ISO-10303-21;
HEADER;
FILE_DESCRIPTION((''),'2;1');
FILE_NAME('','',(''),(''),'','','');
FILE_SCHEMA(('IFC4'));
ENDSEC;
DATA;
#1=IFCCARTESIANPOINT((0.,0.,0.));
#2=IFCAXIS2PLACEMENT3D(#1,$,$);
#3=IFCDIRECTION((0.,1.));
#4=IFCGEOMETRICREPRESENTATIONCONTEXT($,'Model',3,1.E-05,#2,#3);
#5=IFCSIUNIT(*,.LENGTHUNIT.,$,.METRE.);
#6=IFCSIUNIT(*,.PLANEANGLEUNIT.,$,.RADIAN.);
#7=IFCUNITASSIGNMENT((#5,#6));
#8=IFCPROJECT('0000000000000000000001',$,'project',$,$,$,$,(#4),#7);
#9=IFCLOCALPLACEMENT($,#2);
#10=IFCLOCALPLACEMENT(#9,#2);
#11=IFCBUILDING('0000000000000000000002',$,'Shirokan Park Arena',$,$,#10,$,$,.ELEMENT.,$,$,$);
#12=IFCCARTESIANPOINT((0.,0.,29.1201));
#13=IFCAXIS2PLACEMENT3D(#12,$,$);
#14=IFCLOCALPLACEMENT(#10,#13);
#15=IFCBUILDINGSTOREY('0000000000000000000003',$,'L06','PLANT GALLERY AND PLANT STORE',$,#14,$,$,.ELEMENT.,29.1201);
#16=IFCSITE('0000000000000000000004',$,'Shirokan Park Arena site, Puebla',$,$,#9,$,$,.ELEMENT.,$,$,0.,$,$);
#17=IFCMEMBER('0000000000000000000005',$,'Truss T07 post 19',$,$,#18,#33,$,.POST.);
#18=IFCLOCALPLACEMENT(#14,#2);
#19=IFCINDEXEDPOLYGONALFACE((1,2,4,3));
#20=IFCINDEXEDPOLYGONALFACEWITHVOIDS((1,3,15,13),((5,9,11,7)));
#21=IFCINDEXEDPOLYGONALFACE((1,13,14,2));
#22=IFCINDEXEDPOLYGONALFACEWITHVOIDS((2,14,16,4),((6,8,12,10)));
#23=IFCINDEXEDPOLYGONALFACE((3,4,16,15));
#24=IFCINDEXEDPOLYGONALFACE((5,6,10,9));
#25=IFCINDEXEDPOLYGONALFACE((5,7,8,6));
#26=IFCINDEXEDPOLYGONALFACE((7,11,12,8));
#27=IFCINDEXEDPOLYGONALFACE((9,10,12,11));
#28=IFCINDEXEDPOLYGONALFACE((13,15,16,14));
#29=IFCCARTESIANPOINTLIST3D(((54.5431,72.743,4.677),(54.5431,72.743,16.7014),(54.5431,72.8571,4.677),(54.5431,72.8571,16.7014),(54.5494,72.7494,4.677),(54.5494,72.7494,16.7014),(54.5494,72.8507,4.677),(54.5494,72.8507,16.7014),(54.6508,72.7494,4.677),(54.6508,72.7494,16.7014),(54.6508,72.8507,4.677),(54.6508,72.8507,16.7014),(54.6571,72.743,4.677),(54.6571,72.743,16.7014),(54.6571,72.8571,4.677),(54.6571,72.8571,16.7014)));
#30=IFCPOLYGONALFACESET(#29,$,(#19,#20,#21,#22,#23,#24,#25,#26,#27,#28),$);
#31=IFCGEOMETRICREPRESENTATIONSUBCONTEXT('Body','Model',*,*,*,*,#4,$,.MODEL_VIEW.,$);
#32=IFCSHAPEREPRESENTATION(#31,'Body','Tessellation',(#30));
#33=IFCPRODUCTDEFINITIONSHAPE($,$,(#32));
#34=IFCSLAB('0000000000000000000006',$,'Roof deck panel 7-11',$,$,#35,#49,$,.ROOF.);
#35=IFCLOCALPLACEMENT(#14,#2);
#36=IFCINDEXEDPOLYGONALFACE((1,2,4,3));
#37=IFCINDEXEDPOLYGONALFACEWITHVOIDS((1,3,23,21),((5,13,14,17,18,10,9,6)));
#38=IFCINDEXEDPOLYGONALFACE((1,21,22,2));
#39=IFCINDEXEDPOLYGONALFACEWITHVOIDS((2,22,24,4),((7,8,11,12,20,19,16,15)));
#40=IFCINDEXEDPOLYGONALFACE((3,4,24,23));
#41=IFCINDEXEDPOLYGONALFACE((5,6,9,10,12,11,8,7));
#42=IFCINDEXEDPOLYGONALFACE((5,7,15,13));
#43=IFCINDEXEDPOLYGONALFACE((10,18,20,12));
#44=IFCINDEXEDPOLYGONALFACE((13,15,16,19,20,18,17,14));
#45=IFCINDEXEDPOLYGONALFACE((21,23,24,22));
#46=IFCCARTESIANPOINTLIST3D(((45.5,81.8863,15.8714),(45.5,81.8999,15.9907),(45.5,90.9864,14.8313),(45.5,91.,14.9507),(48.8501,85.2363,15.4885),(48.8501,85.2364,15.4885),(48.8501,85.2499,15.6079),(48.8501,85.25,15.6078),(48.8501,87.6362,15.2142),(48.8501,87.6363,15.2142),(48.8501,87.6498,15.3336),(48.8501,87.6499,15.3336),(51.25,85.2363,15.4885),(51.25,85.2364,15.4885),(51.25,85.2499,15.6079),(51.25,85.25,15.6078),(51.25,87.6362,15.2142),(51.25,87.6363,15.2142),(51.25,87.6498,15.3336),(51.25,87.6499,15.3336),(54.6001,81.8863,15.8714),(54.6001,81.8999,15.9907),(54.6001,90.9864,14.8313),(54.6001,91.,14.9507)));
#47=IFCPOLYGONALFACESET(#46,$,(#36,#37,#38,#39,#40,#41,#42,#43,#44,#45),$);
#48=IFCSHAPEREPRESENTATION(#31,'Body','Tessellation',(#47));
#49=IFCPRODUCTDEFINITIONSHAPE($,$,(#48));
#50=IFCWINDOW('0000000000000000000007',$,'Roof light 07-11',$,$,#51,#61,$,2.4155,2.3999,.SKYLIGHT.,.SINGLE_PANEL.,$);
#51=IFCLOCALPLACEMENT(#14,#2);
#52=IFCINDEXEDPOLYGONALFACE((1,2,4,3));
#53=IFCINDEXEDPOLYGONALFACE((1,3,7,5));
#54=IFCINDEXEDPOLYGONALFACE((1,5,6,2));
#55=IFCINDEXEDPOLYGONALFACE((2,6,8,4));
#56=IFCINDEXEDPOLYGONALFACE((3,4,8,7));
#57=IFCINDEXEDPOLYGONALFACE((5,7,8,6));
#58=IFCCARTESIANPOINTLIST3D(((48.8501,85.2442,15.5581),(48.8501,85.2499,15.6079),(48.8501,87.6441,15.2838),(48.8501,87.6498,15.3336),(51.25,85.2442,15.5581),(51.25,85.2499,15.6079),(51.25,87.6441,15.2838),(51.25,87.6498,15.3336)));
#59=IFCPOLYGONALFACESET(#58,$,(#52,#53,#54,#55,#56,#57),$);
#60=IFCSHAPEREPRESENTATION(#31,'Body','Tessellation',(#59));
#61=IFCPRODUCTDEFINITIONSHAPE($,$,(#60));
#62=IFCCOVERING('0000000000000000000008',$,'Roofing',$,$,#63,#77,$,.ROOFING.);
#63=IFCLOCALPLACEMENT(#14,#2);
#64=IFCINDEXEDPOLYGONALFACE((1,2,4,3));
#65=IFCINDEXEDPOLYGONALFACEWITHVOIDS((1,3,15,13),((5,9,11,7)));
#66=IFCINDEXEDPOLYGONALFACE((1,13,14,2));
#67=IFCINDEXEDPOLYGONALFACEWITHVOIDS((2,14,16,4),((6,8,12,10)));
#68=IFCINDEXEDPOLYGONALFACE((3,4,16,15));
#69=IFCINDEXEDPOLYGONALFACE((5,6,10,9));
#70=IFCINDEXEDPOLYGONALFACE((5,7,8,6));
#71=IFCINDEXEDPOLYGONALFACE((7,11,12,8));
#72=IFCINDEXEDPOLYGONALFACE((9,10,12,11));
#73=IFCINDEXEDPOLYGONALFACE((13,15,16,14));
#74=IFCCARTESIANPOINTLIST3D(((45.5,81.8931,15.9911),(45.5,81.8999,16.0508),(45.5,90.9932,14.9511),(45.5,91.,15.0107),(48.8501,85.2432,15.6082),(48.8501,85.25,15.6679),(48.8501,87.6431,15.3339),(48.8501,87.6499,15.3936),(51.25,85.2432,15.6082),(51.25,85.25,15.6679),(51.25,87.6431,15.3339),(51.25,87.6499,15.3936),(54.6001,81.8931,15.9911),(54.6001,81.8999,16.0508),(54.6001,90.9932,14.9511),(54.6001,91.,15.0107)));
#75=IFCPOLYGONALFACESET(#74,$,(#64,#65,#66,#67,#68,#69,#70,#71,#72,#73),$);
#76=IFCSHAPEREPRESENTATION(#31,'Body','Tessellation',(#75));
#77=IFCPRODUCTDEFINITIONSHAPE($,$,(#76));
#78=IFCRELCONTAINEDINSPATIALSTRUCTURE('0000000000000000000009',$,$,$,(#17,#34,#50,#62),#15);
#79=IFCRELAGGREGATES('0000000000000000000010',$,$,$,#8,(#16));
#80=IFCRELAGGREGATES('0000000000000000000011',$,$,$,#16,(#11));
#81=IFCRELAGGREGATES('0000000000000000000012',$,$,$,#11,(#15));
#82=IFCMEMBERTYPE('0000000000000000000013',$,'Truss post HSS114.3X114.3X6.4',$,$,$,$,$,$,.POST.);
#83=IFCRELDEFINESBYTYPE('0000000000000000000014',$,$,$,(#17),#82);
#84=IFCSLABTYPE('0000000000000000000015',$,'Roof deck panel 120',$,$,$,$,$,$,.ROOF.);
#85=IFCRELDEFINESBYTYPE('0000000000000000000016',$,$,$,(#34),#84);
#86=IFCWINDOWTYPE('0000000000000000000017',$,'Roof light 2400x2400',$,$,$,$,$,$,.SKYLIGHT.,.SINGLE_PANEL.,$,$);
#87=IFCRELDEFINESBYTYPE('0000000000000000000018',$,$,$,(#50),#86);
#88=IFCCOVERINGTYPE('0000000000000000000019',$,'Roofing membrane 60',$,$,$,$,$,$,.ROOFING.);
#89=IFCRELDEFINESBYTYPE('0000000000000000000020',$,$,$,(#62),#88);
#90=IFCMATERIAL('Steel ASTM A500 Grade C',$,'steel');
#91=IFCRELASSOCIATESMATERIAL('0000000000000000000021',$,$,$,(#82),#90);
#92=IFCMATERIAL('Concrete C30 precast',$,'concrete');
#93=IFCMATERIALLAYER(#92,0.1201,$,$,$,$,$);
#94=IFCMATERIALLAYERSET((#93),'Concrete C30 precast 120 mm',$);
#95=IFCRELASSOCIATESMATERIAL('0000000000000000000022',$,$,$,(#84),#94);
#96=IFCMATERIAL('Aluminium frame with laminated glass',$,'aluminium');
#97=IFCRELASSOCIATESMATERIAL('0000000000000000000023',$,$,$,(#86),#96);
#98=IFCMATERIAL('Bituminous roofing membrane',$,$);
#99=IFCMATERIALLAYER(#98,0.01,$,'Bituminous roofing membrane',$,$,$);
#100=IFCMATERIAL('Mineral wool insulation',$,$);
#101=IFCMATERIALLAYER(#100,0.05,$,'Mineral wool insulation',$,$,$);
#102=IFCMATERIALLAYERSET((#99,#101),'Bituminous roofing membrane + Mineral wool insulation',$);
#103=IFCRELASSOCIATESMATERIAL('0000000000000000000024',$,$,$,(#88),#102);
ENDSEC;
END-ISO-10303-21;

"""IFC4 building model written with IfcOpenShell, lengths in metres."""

from ifc_helpers import new_model, si_unit, direction, frame, origin, origin_2d, place, context, subcontext, project, spatial, polyline, rectangle, hollow_rectangle, outline, extrude, material, layer, layer_set, material_profile, profile_set, type_object, element, fill, save


model = new_model("IFC4")

# Units and contexts
model_context = context("Model", 3, precision=1e-05, world=origin(), true_north=direction((0.0, 1.0)))
body_context = subcontext(model_context, "Body", "Model", "MODEL_VIEW")
ifc_project = project(units=[si_unit("LENGTHUNIT", "METRE"), si_unit("PLANEANGLEUNIT", "RADIAN")], contexts=[model_context])

# Site, building, storey
site_placement = place(None, origin())
site = spatial("IfcSite", under=ifc_project, at=site_placement, Name="Shirokan Park Arena site, Puebla", CompositionType="ELEMENT", RefElevation=0.0)
building_placement = place(site_placement, origin())
building = spatial("IfcBuilding", under=site, at=building_placement, Name="Shirokan Park Arena", CompositionType="ELEMENT")
storey_placement = place(building_placement, frame((0.0, 0.0, 29.1201)))
storey = spatial("IfcBuildingStorey", under=building, at=storey_placement, Name="L06", Description="PLANT GALLERY AND PLANT STORE", CompositionType="ELEMENT", Elevation=29.1201)

# Member
ifc_material_1 = material(Name="Steel ASTM A500 Grade C", Category="steel")
ifc_material_profile_1 = material_profile(ifc_material_1, hollow_rectangle(XDim=0.114, YDim=0.114, WallThickness=0.0063, at=origin_2d()), Name="HSS114.3X114.3X6.4")
ifc_profile_set_1 = profile_set([ifc_material_profile_1], Name="Steel ASTM A500 Grade C")
member_type_1 = type_object("IfcMemberType", Name="Truss post HSS114.3X114.3X6.4", PredefinedType="POST", material=ifc_profile_set_1)
member_1_placement = place(storey_placement, frame((54.6001, 72.8, 4.677), z_axis=(0.0, 0.0, 1.0), x_axis=(1.0, 0.0, 0.0)))
element("IfcMember", 1, at=member_1_placement, inside=storey, type_object=member_type_1, Name="Truss T07 post 19", PredefinedType="POST", context=body_context, shape_type="SweptSolid", body=[
    extrude(hollow_rectangle(XDim=0.114, YDim=0.114, WallThickness=0.0063, at=origin_2d()), origin(), (0.0, 0.0, 1.0), 12.0244),
])

# Slab, opening, window
ifc_material_2 = material(Name="Concrete C30 precast", Category="concrete")
ifc_layer_1 = layer(ifc_material_2, 0.1201)
ifc_layer_set_1 = layer_set([ifc_layer_1], Name="Concrete C30 precast 120 mm")
slab_type = type_object("IfcSlabType", Name="Roof deck panel 120", PredefinedType="ROOF", material=ifc_layer_set_1)
slab_placement = place(storey_placement, frame((45.5, 81.8999, 15.9907), z_axis=(0.0, 0.11355, 0.993532), x_axis=(1.0, 0.0, 0.0)))
slab = element("IfcSlab", 2, at=slab_placement, inside=storey, type_object=slab_type, Name="Roof deck panel 7-11", PredefinedType="ROOF", context=body_context, shape_type="SweptSolid", body=[
    extrude(outline(polyline([(0.0, 0.0), (9.1001, 0.0), (9.1001, 9.1593), (0.0, 9.1593), (0.0, 0.0)]), holes=[polyline([(3.3501, 3.3719), (5.75, 3.3719), (5.75, 5.7874), (3.3501, 5.7874), (3.3501, 3.3719)])]), origin(), (0.0, 0.0, -1.0), 0.1201),
])
opening_placement = place(slab_placement, frame((4.55, 4.5796, 0.01)))
opening = element("IfcOpeningElement", 3, at=opening_placement, cuts=slab, PredefinedType="OPENING", context=body_context, shape_type="SweptSolid", body=[
    extrude(rectangle(XDim=2.3999, YDim=2.4155, at=origin_2d()), origin(), (0.0, 0.0, -1.0), 0.1399),
])
ifc_material_3 = material(Name="Aluminium frame with laminated glass", Category="aluminium")
window_type = type_object("IfcWindowType", Name="Roof light 2400x2400", PartitioningType="SINGLE_PANEL", PredefinedType="SKYLIGHT", material=ifc_material_3)
window_placement = place(opening_placement, frame((0.0, 0.0, -0.0601)))
window = element("IfcWindow", 4, at=window_placement, inside=storey, type_object=window_type, Name="Roof light 07-11", OverallHeight=2.4155, OverallWidth=2.3999, PartitioningType="SINGLE_PANEL", PredefinedType="SKYLIGHT", context=body_context, shape_type="SweptSolid", body=[
    extrude(rectangle(XDim=2.3999, YDim=2.4155, at=origin_2d()), origin(), (0.0, 0.0, 1.0), 0.05),
])
fill(opening, window)

# Covering
ifc_material_4 = material(Name="Bituminous roofing membrane")
ifc_layer_2 = layer(ifc_material_4, 0.01, Name="Bituminous roofing membrane")
ifc_material_5 = material(Name="Mineral wool insulation")
ifc_layer_3 = layer(ifc_material_5, 0.05, Name="Mineral wool insulation")
ifc_layer_set_2 = layer_set([ifc_layer_2, ifc_layer_3], Name="Bituminous roofing membrane + Mineral wool insulation")
covering_type = type_object("IfcCoveringType", Name="Roofing membrane 60", PredefinedType="ROOFING", material=ifc_layer_set_2)
covering_placement = place(storey_placement, frame((45.5, 81.8999, 16.0508), z_axis=(0.0, 0.11355, 0.993532), x_axis=(1.0, 0.0, 0.0)))
element("IfcCovering", 5, at=covering_placement, inside=storey, type_object=covering_type, Name="Roofing", PredefinedType="ROOFING", context=body_context, shape_type="SweptSolid", body=[
    extrude(outline(polyline([(0.0, 0.0), (9.1001, 0.0), (9.1001, 9.1593), (0.0, 9.1593), (0.0, 0.0)]), holes=[polyline([(5.75, 3.3719), (5.75, 5.7874), (3.3501, 5.7874), (3.3501, 3.3719), (5.75, 3.3719)])]), origin(), (0.0, 0.0, -1.0), 0.0601),
])

save(model, "model.ifc")
